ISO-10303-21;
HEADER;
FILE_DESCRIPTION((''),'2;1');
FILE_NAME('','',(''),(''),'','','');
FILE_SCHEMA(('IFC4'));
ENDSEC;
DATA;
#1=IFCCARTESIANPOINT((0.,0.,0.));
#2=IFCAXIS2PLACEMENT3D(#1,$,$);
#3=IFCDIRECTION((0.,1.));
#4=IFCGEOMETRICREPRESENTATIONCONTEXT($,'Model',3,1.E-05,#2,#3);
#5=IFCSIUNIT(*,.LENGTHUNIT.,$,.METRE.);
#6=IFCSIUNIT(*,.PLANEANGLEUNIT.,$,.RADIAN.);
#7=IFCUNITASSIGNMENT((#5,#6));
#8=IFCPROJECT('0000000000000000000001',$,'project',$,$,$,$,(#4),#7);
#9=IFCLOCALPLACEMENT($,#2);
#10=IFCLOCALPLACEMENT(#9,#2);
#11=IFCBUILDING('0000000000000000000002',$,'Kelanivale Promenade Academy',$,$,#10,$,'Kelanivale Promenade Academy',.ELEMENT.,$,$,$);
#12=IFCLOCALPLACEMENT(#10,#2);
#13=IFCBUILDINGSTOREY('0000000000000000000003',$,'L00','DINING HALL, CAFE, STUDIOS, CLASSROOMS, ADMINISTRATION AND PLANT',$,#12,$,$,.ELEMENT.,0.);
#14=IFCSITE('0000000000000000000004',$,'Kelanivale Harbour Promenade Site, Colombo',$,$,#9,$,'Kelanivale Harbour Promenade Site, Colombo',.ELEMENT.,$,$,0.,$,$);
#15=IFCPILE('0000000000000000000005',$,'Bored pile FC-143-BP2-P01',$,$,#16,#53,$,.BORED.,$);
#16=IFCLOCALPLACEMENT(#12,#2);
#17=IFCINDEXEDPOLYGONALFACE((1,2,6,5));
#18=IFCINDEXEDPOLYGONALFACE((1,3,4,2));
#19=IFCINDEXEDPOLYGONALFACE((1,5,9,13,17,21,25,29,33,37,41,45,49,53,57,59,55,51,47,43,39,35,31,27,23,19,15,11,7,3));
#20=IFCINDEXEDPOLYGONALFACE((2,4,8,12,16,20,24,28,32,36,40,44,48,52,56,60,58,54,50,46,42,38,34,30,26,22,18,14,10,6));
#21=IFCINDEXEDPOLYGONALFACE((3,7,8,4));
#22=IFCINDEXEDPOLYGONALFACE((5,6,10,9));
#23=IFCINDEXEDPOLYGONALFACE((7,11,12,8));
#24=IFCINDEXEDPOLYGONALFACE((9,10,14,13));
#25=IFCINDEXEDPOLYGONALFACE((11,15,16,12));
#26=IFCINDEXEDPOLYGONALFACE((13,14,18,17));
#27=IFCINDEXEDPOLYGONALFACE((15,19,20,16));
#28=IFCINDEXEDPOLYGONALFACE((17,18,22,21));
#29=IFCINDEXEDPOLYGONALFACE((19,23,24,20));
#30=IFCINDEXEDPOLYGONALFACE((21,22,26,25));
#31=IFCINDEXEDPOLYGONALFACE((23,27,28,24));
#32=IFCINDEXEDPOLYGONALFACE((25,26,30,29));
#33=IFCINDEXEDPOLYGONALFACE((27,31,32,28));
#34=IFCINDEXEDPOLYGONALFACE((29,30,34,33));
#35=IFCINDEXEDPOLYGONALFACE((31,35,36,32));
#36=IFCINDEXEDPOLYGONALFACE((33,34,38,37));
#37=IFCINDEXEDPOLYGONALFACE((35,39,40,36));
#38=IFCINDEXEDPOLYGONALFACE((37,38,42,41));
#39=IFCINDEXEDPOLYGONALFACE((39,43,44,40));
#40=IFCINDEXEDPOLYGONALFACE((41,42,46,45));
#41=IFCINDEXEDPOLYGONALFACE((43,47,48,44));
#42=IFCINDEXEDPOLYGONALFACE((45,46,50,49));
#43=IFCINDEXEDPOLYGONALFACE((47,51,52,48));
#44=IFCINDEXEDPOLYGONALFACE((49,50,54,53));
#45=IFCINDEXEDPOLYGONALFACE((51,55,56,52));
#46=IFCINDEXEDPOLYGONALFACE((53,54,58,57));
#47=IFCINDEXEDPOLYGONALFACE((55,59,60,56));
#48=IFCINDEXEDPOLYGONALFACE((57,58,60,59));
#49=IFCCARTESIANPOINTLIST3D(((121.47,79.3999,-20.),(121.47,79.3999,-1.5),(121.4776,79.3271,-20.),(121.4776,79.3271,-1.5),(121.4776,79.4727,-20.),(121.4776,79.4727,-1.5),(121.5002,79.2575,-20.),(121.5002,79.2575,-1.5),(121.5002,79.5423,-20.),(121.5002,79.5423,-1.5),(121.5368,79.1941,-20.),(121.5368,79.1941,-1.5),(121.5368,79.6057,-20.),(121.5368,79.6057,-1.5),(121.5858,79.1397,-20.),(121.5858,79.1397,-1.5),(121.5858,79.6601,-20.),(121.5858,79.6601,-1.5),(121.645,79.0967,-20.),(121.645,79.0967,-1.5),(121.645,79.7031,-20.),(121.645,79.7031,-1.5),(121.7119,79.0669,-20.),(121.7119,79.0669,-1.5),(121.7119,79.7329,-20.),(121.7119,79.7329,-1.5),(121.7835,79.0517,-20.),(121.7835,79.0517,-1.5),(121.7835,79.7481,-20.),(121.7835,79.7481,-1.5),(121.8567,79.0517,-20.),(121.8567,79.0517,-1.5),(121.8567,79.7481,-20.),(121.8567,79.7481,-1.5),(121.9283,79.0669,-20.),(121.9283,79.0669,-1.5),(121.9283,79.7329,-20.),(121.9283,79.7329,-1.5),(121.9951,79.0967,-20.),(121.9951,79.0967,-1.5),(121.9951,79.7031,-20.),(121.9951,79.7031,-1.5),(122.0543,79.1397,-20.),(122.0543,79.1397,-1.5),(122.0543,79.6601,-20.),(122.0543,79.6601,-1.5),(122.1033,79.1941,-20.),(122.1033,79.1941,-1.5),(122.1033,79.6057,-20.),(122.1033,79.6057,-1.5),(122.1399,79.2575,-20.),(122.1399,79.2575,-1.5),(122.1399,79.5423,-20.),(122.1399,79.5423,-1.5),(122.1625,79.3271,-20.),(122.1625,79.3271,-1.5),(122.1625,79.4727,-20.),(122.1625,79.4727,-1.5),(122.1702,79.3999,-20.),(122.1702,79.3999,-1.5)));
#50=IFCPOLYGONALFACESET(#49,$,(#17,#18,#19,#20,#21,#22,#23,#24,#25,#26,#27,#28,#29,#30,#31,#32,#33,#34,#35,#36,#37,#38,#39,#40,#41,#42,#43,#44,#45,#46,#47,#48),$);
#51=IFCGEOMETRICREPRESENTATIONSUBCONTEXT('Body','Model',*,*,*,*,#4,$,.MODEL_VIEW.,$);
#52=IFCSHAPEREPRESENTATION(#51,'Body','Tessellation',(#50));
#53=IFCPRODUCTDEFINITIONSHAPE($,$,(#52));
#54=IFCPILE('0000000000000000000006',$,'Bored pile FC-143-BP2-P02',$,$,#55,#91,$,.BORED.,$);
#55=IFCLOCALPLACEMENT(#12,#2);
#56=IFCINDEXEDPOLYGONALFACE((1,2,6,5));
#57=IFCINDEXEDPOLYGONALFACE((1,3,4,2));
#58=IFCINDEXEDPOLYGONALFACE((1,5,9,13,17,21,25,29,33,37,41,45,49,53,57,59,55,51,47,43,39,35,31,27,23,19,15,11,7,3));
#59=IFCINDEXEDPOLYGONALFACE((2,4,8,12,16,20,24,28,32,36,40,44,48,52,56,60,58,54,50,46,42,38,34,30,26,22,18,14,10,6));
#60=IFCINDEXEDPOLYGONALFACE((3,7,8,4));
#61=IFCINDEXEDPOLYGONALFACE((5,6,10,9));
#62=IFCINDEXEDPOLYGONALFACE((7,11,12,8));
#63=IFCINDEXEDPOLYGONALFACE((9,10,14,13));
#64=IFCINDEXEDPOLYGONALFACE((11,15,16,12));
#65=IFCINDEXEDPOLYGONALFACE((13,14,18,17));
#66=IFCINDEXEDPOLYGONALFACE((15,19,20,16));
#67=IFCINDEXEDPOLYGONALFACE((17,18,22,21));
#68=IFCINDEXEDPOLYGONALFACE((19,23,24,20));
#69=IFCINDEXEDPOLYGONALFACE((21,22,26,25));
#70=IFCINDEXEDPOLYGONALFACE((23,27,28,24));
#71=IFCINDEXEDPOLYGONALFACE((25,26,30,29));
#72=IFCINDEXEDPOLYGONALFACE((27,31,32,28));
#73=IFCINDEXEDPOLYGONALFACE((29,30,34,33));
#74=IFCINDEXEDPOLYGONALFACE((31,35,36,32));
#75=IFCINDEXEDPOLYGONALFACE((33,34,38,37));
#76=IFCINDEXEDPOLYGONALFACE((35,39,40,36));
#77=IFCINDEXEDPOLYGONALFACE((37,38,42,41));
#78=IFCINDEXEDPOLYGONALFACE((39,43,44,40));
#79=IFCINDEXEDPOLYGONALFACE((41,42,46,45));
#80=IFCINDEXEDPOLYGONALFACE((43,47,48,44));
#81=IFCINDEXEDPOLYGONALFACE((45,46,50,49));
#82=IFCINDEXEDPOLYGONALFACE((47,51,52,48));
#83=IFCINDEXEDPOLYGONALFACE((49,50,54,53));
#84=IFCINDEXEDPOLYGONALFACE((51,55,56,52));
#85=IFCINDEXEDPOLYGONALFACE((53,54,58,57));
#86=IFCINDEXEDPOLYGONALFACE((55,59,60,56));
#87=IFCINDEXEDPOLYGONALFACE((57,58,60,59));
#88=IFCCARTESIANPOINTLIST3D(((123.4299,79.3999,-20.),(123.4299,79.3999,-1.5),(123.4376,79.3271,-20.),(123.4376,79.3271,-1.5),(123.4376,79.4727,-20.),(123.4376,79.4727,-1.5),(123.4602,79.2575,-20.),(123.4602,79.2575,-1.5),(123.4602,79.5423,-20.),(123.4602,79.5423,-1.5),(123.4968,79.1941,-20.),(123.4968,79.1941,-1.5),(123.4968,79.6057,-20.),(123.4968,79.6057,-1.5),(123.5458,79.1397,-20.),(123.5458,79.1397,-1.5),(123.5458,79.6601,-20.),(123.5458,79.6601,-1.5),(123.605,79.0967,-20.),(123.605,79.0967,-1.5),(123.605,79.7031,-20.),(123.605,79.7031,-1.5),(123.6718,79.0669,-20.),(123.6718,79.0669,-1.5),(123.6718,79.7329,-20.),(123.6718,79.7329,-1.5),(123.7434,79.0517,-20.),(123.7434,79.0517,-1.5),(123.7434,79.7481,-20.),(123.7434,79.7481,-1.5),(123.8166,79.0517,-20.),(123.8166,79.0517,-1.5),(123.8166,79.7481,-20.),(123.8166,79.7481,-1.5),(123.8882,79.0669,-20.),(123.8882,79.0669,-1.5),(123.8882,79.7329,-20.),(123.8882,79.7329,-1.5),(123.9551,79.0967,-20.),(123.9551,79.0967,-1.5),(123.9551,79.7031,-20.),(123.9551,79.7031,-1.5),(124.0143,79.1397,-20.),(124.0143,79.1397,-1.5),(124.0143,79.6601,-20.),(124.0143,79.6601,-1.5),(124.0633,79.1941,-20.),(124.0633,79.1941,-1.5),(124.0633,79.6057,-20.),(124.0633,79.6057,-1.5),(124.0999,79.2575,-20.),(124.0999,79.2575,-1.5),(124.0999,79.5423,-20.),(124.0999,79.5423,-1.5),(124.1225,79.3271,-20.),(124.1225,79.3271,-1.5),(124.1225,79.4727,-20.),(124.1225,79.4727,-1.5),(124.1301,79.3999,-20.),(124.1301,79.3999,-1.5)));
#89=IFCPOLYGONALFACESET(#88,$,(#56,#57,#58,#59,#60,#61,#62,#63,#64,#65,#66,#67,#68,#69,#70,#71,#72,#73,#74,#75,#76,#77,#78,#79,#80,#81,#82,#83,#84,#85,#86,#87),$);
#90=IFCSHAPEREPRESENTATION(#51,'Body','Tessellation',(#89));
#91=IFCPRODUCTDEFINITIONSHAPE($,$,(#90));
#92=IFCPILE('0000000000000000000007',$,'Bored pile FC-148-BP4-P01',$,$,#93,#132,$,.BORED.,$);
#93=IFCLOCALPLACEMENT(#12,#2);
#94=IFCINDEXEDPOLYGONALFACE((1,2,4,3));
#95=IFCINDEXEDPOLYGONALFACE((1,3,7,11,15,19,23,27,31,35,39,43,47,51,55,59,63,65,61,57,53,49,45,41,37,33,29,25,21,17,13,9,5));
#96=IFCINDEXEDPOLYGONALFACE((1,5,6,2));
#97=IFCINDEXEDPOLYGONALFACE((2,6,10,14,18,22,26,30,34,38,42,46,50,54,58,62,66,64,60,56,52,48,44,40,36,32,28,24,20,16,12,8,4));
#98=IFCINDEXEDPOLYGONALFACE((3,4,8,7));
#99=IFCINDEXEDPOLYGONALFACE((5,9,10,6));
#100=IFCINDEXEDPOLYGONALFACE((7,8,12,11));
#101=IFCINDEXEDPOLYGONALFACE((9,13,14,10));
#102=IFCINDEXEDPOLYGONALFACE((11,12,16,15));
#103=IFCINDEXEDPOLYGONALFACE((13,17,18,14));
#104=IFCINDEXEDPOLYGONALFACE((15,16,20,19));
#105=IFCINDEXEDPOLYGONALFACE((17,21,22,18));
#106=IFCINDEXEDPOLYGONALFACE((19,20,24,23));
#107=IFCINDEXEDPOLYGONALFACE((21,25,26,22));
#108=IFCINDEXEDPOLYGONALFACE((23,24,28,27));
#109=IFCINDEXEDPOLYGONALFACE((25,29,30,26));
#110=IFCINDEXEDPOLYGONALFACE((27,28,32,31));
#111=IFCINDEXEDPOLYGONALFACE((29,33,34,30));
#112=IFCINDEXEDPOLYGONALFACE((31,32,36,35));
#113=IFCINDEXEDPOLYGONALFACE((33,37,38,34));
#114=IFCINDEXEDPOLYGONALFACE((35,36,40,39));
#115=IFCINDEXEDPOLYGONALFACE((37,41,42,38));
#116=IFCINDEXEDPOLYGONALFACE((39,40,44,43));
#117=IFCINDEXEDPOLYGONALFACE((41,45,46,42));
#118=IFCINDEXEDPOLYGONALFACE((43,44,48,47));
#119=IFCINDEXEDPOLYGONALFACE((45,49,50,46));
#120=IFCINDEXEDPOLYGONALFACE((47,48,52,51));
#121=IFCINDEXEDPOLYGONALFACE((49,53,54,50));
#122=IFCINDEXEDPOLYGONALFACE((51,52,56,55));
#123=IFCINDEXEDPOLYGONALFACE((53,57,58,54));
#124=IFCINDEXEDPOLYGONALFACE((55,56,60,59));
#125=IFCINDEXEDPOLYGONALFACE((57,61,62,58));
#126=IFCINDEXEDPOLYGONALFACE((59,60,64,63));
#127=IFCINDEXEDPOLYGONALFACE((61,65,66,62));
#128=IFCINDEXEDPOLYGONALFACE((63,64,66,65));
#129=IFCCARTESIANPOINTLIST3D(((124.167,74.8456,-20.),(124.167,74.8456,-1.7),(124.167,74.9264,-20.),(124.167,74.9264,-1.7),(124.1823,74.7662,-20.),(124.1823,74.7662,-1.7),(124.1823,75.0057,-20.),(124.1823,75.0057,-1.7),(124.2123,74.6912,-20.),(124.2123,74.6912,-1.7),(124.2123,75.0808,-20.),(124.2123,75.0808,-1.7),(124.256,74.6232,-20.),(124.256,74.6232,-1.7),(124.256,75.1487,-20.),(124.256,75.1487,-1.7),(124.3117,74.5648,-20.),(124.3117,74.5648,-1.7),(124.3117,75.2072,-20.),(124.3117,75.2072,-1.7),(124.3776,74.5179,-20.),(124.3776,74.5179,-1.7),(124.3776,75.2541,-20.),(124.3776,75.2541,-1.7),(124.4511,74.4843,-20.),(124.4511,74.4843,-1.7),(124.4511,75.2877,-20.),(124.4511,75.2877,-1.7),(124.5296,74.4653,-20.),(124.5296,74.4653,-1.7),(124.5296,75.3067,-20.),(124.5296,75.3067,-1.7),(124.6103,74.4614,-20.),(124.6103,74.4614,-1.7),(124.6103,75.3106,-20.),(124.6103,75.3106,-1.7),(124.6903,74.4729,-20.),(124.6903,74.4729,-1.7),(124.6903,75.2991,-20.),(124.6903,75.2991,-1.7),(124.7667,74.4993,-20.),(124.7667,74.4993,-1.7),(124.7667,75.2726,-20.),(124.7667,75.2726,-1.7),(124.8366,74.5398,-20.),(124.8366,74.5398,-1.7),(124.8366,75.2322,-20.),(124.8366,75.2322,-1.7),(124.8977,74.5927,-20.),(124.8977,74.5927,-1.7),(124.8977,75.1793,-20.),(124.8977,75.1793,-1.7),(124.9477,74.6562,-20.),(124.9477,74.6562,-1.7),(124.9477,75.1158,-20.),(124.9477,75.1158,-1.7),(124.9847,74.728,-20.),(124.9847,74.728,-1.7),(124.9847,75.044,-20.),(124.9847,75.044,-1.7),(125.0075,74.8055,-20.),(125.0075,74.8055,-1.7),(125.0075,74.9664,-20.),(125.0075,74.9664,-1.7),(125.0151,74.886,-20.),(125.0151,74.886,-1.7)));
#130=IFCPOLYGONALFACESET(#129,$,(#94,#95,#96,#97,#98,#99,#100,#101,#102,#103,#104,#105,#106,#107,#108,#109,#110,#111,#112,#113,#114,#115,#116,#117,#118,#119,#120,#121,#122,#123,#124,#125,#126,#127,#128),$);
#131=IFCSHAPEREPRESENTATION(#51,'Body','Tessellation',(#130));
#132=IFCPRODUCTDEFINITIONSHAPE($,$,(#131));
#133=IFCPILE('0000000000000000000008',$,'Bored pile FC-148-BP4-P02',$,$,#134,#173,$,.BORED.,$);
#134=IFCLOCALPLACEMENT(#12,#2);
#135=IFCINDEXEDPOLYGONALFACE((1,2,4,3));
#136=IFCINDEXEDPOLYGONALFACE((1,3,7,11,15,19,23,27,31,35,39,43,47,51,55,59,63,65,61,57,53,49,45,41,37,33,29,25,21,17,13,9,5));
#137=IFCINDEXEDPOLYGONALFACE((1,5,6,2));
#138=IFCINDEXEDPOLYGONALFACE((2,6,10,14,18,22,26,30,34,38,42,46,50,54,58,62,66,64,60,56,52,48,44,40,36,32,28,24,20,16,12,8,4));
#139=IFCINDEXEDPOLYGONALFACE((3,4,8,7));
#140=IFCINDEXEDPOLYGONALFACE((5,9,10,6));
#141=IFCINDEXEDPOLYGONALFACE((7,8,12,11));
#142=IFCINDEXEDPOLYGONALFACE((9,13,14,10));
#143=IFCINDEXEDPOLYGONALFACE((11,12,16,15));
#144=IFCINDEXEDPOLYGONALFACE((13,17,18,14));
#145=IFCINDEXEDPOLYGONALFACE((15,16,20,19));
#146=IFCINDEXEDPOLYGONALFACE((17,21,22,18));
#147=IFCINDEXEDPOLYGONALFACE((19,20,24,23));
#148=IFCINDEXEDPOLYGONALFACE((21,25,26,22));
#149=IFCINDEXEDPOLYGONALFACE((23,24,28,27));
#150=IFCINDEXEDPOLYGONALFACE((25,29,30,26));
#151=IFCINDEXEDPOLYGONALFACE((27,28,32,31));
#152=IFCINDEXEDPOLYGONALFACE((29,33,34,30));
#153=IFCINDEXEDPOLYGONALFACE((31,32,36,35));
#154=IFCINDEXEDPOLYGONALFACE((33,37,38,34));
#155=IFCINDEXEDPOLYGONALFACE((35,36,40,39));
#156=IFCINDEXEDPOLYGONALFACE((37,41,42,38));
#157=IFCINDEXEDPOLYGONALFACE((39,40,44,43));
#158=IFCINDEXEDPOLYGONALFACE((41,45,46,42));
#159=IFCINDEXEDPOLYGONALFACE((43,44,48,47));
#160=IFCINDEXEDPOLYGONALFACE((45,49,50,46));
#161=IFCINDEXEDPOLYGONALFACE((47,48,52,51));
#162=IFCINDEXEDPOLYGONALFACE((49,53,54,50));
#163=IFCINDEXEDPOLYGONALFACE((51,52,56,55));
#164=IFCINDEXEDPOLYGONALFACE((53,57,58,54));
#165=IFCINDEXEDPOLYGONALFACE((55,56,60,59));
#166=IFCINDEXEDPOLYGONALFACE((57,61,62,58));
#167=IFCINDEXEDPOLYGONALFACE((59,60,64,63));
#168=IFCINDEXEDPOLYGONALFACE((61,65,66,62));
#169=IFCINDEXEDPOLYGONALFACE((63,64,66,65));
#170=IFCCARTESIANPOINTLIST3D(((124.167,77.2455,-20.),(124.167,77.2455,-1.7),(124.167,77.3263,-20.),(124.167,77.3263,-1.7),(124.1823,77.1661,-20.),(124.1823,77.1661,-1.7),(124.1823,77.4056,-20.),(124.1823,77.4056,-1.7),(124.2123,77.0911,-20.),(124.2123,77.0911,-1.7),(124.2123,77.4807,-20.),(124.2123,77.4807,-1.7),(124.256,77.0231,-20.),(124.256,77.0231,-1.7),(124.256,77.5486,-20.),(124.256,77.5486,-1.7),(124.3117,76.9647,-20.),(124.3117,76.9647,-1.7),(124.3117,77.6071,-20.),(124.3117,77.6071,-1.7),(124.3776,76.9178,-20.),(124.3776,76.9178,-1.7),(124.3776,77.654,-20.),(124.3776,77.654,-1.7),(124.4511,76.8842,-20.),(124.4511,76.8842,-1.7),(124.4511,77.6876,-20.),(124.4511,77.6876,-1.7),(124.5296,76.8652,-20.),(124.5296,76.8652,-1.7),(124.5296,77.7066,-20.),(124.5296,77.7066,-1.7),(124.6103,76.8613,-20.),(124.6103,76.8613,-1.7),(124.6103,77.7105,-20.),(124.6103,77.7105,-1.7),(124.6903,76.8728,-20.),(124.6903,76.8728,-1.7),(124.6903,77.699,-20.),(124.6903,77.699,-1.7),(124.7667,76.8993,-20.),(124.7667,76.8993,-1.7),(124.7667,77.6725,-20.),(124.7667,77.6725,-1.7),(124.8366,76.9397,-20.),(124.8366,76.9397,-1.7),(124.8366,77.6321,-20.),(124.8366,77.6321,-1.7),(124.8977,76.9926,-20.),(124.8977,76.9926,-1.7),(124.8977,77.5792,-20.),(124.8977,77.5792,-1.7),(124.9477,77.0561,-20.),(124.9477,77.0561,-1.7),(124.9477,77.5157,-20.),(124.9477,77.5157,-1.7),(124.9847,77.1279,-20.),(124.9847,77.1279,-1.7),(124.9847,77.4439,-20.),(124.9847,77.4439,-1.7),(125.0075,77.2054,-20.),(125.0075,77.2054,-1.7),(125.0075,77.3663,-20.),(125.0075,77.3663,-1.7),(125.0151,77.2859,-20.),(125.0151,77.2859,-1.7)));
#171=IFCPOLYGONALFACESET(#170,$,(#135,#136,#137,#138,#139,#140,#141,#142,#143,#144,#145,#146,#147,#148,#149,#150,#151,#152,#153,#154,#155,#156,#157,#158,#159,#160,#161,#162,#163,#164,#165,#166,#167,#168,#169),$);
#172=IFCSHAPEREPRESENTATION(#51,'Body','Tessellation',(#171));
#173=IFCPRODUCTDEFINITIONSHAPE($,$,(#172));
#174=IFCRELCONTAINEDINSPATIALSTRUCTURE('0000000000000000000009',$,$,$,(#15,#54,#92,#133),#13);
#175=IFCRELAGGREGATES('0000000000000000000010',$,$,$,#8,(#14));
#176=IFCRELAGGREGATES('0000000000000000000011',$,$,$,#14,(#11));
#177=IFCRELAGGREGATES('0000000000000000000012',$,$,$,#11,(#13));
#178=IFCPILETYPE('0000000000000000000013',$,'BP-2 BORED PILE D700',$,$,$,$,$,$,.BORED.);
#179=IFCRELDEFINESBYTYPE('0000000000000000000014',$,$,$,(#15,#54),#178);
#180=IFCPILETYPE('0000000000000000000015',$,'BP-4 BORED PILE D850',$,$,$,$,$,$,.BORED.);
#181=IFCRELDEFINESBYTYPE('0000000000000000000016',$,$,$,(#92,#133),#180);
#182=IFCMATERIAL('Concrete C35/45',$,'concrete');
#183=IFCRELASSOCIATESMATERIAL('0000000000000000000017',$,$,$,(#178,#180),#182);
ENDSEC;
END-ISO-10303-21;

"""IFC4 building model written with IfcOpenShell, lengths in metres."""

from ifc_helpers import new_model, si_unit, direction, frame, origin, origin_2d, place, context, subcontext, project, spatial, circle, extrude, material, material_profile, profile_set, type_object, element, save


model = new_model("IFC4")

# Units and contexts
model_context = context("Model", 3, precision=1e-05, world=origin(), true_north=direction((0.0, 1.0)))
body_context = subcontext(model_context, "Body", "Model", "MODEL_VIEW")
ifc_project = project(units=[si_unit("LENGTHUNIT", "METRE"), si_unit("PLANEANGLEUNIT", "RADIAN")], contexts=[model_context])

# Site, building, storey
site_placement = place(None, origin())
site = spatial("IfcSite", under=ifc_project, at=site_placement, Name="Kelanivale Harbour Promenade Site, Colombo", LongName="Kelanivale Harbour Promenade Site, Colombo", CompositionType="ELEMENT", RefElevation=0.0)
building_placement = place(site_placement, origin())
building = spatial("IfcBuilding", under=site, at=building_placement, Name="Kelanivale Promenade Academy", LongName="Kelanivale Promenade Academy", CompositionType="ELEMENT")
storey_placement = place(building_placement, origin())
storey = spatial("IfcBuildingStorey", under=building, at=storey_placement, Name="L00", Description="DINING HALL, CAFE, STUDIOS, CLASSROOMS, ADMINISTRATION AND PLANT", CompositionType="ELEMENT", Elevation=0.0)

# Piles
ifc_material_1 = material(Name="Concrete C35/45", Category="concrete")
ifc_material_profile_1 = material_profile(ifc_material_1, circle(Radius=0.3501, at=origin_2d()), Name="BORED PILE D700")
ifc_profile_set_1 = profile_set([ifc_material_profile_1], Name="Concrete C35/45")
pile_type_1 = type_object("IfcPileType", Name="BP-2 BORED PILE D700", PredefinedType="BORED", material=ifc_profile_set_1)
for number, where, z_axis, x_axis, name in (
    (1, (121.8201, 79.3999, -1.5), (0.0, 0.0, -1.0), (1.0, 0.0, 0.0), "Bored pile FC-143-BP2-P01"),
    (2, (123.78, 79.3999, -1.5), (0.0, 0.0, -1.0), (1.0, 0.0, 0.0), "Bored pile FC-143-BP2-P02"),
):
    element("IfcPile", number, at=place(storey_placement, frame(where, z_axis=z_axis, x_axis=x_axis)), inside=storey, type_object=pile_type_1, Name=name, PredefinedType="BORED", context=body_context, shape_type="SweptSolid", body=[
        extrude(circle(Radius=0.3501, at=origin_2d()), origin(), (0.0, 0.0, 1.0), 18.5),
    ])
ifc_material_profile_2 = material_profile(ifc_material_1, circle(Radius=0.425, at=origin_2d()), Name="BORED PILE D850")
ifc_profile_set_2 = profile_set([ifc_material_profile_2], Name="Concrete C35/45")
pile_type_2 = type_object("IfcPileType", Name="BP-4 BORED PILE D850", PredefinedType="BORED", material=ifc_profile_set_2)
for number, where, z_axis, x_axis, name in (
    (3, (124.5901, 74.886, -1.7), (0.0, 0.0, -1.0), (1.0, 0.0, 0.0), "Bored pile FC-148-BP4-P01"),
    (4, (124.5901, 77.2859, -1.7), (0.0, 0.0, -1.0), (1.0, 0.0, 0.0), "Bored pile FC-148-BP4-P02"),
):
    element("IfcPile", number, at=place(storey_placement, frame(where, z_axis=z_axis, x_axis=x_axis)), inside=storey, type_object=pile_type_2, Name=name, PredefinedType="BORED", context=body_context, shape_type="SweptSolid", body=[
        extrude(circle(Radius=0.425, at=origin_2d()), origin(), (0.0, 0.0, 1.0), 18.3),
    ])

save(model, "model.ifc")
